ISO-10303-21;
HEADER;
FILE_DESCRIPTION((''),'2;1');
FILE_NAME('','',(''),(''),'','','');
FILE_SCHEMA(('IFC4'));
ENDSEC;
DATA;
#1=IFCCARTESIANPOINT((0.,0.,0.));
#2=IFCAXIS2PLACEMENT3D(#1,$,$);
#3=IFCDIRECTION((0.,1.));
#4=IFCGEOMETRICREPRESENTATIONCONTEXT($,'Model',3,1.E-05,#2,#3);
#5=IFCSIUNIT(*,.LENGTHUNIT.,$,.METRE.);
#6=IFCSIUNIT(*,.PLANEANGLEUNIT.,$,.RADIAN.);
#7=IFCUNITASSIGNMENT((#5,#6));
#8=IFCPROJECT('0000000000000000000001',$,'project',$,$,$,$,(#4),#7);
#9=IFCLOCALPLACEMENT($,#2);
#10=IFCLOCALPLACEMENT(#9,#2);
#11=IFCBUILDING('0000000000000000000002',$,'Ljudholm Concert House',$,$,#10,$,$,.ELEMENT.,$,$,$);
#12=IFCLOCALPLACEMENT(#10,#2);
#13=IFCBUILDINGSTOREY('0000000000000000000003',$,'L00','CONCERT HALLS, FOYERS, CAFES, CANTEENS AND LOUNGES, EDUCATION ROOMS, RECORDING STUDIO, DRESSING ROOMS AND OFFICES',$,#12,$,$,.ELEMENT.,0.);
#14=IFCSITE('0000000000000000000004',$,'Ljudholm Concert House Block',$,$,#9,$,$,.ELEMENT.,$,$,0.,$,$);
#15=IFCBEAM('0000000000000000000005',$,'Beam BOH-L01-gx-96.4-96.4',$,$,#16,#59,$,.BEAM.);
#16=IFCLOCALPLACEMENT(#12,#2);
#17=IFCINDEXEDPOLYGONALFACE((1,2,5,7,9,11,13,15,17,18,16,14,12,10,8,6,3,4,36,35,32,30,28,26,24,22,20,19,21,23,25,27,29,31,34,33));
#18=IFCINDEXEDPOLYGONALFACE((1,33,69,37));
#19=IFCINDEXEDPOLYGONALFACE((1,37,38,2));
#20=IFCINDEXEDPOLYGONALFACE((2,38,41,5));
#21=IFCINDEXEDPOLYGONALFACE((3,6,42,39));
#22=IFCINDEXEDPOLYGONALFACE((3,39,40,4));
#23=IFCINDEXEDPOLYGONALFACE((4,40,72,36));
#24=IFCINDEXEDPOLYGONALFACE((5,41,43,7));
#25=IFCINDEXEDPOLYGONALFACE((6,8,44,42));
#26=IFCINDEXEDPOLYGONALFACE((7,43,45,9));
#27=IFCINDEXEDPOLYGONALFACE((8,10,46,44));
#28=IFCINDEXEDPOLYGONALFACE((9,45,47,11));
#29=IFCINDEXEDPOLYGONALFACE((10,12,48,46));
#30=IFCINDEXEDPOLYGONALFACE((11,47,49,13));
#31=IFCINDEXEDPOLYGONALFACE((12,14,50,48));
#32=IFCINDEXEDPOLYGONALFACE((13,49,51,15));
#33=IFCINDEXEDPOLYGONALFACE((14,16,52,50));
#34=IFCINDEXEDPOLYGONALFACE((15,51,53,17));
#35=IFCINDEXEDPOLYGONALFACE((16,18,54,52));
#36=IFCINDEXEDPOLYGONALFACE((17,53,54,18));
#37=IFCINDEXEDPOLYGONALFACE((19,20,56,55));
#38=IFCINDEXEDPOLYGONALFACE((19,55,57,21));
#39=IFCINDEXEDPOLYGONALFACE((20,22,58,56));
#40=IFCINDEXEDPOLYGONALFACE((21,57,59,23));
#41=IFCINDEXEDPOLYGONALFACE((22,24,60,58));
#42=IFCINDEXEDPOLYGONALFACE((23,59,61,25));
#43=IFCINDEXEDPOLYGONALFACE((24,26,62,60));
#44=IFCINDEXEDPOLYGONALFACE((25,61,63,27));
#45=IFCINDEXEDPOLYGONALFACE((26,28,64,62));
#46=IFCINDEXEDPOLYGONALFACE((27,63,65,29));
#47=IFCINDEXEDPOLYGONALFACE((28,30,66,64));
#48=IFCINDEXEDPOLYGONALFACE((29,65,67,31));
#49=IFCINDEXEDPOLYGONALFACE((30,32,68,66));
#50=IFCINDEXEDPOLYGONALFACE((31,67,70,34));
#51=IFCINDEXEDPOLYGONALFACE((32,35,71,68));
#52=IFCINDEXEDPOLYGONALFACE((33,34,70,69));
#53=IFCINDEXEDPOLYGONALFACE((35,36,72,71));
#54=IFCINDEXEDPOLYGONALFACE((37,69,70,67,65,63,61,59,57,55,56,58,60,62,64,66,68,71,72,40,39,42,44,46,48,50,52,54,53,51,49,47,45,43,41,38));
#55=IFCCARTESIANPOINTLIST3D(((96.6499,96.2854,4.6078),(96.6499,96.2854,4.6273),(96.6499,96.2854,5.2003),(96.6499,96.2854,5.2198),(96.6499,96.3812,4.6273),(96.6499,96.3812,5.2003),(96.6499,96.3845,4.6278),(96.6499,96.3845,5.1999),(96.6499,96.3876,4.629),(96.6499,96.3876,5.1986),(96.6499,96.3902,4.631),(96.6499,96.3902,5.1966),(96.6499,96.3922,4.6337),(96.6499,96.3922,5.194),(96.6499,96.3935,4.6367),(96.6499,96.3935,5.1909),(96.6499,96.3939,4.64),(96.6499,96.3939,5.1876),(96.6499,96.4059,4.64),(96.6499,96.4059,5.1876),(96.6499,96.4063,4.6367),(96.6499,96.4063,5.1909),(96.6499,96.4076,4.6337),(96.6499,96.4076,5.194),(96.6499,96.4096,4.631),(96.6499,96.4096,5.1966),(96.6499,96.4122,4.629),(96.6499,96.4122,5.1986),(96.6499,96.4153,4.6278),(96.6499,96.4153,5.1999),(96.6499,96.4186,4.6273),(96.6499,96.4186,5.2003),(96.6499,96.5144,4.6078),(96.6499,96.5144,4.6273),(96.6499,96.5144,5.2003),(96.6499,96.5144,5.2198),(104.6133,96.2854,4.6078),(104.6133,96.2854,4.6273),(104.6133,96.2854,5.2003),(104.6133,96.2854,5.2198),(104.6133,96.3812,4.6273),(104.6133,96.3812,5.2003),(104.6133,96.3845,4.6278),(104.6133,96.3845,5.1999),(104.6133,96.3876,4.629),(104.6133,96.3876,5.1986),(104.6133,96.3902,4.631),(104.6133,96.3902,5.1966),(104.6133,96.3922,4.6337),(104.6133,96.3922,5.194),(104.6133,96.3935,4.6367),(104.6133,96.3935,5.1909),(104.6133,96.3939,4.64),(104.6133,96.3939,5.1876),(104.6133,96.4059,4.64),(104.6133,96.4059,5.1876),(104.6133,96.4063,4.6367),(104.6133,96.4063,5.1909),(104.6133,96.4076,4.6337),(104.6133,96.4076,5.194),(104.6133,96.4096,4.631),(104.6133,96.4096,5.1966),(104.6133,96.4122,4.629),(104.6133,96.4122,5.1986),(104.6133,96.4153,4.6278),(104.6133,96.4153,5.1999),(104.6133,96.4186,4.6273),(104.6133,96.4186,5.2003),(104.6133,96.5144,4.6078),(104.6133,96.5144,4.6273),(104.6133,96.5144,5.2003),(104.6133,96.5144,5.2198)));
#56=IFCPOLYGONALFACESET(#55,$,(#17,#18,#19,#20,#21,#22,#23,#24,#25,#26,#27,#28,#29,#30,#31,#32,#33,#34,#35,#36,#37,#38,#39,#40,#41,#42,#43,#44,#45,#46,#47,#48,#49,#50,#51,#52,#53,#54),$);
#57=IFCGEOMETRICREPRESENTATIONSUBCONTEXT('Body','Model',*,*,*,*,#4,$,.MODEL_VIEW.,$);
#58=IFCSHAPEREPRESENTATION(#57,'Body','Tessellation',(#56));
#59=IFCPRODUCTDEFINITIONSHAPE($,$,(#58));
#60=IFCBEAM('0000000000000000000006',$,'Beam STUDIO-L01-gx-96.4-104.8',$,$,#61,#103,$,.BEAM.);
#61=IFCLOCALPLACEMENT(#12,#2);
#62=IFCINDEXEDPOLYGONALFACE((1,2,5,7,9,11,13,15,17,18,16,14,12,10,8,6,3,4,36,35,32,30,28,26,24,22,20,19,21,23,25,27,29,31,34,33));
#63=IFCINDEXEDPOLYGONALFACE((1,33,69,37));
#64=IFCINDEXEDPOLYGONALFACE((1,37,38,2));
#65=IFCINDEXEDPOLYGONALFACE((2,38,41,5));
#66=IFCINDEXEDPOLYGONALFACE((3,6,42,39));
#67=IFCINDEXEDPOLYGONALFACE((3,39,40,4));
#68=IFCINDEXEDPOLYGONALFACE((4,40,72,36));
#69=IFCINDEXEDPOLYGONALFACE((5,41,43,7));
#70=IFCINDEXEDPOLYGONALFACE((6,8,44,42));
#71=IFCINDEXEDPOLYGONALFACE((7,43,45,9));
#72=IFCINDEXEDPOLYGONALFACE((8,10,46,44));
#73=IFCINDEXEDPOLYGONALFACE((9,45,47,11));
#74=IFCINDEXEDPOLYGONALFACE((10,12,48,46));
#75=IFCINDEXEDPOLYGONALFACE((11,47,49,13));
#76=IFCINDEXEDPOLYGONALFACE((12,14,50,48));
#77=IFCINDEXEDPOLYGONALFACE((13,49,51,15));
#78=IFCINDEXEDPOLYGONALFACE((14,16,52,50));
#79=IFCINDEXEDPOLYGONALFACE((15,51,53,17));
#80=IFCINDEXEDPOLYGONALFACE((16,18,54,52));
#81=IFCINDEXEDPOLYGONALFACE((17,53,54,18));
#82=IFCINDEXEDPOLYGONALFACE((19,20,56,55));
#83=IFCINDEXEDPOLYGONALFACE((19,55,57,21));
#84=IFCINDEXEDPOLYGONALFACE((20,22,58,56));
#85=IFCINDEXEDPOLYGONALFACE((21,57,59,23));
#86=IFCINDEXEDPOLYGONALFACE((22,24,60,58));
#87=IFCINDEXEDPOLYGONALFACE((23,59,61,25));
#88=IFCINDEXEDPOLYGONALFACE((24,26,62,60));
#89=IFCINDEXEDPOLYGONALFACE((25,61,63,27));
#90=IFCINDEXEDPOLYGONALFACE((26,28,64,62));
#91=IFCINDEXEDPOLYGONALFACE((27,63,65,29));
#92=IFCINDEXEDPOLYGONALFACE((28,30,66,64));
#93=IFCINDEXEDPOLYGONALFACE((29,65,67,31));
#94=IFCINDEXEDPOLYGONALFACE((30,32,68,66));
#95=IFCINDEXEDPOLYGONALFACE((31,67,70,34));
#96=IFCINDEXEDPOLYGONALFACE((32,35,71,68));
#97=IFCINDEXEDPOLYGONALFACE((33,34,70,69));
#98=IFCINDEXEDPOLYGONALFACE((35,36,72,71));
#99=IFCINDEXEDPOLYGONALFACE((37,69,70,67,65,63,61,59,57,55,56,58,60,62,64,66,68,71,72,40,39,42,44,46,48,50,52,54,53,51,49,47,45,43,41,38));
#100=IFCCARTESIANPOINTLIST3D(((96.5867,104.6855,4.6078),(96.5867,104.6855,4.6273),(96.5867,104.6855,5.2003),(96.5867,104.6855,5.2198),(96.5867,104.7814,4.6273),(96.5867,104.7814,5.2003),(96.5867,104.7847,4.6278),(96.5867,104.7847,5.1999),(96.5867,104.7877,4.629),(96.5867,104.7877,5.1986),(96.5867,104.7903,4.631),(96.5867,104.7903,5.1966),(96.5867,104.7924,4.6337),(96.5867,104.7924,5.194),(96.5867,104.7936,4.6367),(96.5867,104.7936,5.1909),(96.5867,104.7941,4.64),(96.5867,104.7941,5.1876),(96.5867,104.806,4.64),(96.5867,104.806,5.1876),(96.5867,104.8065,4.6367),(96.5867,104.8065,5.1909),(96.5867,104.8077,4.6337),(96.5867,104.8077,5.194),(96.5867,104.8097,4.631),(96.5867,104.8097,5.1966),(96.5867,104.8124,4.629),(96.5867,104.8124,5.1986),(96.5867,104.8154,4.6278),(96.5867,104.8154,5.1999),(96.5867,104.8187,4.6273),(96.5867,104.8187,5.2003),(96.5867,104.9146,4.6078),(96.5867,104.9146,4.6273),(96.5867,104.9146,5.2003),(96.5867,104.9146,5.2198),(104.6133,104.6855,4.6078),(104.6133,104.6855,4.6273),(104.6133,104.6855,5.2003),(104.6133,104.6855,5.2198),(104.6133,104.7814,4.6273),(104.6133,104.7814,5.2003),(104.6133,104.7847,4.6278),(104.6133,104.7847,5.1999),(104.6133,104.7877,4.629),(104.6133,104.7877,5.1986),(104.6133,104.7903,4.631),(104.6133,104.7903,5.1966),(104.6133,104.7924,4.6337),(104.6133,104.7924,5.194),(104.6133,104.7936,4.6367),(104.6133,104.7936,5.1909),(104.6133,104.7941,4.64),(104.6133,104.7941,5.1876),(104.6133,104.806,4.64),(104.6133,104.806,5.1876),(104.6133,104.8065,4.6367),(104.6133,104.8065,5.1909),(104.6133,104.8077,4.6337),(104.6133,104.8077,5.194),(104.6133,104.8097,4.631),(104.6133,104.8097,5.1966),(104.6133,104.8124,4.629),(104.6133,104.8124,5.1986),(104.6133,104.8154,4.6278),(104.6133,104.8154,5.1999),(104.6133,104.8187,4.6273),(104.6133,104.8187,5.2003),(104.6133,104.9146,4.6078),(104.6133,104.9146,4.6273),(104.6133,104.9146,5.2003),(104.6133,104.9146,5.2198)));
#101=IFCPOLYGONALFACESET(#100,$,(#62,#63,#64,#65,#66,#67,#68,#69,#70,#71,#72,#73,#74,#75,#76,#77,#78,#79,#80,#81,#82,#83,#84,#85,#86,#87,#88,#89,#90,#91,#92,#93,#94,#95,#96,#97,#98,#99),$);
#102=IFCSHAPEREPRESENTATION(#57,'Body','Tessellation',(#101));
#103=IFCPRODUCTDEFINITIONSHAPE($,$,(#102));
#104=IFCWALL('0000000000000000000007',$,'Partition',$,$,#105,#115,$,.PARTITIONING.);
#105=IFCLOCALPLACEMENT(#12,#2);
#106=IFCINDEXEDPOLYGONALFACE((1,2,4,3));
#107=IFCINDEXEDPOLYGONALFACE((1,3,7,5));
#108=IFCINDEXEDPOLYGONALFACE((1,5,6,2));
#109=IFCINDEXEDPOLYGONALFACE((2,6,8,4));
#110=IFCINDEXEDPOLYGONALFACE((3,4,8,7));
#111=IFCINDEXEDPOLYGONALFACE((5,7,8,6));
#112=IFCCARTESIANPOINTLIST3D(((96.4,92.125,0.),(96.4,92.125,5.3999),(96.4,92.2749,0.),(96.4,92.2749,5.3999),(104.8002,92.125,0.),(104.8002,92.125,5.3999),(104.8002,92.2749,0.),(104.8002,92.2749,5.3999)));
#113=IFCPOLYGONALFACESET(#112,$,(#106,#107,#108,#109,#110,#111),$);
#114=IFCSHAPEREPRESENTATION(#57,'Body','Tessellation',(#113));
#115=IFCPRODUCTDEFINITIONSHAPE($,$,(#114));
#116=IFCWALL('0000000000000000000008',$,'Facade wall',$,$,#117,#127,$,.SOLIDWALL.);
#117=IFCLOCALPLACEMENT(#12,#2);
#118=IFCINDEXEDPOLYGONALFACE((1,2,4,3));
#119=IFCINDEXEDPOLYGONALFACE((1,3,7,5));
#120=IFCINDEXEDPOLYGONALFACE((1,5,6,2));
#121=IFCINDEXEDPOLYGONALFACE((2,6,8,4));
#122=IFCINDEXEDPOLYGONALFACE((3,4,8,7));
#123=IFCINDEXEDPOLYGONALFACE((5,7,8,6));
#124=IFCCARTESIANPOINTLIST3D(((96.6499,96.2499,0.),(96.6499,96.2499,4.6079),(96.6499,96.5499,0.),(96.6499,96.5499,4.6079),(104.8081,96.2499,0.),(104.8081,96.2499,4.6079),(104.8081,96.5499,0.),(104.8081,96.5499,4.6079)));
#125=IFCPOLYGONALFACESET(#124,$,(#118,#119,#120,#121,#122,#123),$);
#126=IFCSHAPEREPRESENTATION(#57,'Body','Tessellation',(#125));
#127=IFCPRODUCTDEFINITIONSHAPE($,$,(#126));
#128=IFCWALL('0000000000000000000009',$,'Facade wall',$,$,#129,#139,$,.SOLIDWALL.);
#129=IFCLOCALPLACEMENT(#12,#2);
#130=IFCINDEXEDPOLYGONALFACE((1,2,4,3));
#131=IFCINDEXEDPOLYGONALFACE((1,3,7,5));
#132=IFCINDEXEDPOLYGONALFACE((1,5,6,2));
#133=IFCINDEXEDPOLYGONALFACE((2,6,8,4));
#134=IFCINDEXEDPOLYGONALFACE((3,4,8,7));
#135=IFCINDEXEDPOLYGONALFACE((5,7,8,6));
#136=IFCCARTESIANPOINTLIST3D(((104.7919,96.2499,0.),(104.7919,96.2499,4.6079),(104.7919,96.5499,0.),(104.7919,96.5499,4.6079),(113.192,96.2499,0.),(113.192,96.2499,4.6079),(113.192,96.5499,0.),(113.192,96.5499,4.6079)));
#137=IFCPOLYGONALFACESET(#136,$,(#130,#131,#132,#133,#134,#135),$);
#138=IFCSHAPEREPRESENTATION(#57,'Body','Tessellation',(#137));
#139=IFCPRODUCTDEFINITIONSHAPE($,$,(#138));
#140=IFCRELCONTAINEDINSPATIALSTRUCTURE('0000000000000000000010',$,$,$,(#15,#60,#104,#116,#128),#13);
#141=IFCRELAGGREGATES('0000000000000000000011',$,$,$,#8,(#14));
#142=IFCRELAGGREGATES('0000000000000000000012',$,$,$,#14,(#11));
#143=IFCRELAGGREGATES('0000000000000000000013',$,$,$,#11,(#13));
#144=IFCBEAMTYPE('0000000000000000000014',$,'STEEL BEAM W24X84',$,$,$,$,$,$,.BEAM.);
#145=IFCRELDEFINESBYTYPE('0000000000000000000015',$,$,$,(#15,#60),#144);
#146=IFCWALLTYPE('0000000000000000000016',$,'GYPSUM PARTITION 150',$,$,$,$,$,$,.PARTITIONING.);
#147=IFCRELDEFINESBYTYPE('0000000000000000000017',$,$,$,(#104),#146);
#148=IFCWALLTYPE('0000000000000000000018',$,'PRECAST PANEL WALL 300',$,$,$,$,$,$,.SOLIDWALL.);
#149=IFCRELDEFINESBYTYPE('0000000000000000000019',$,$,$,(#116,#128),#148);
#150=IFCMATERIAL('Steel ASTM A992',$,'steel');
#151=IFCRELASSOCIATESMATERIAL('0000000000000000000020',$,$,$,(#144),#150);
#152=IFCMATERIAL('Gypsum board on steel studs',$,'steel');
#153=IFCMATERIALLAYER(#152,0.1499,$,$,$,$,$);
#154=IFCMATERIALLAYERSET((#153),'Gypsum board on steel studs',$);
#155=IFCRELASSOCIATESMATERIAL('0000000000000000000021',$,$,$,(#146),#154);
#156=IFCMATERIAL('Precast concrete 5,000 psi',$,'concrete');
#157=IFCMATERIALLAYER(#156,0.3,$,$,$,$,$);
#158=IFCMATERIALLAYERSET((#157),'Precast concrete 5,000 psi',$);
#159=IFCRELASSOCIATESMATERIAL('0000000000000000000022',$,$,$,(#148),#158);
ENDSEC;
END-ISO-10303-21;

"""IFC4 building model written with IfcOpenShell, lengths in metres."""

from ifc_helpers import new_model, si_unit, direction, frame, frame_2d, origin, origin_2d, place, context, subcontext, project, spatial, rectangle, i_section, extrude, material, layer, layer_set, material_profile, profile_set, type_object, element, save


model = new_model("IFC4")

# Units and contexts
model_context = context("Model", 3, precision=1e-05, world=origin(), true_north=direction((0.0, 1.0)))
body_context = subcontext(model_context, "Body", "Model", "MODEL_VIEW")
ifc_project = project(units=[si_unit("LENGTHUNIT", "METRE"), si_unit("PLANEANGLEUNIT", "RADIAN")], contexts=[model_context])

# Site, building, storey
site_placement = place(None, origin())
site = spatial("IfcSite", under=ifc_project, at=site_placement, Name="Ljudholm Concert House Block", CompositionType="ELEMENT", RefElevation=0.0)
building_placement = place(site_placement, origin())
building = spatial("IfcBuilding", under=site, at=building_placement, Name="Ljudholm Concert House", CompositionType="ELEMENT")
storey_placement = place(building_placement, origin())
storey = spatial("IfcBuildingStorey", under=building, at=storey_placement, Name="L00", Description="CONCERT HALLS, FOYERS, CAFES, CANTEENS AND LOUNGES, EDUCATION ROOMS, RECORDING STUDIO, DRESSING ROOMS AND OFFICES", CompositionType="ELEMENT", Elevation=0.0)

# Beams
ifc_material_1 = material(Name="Steel ASTM A992", Category="steel")
ifc_material_profile_1 = material_profile(ifc_material_1, i_section(OverallWidth=0.229, OverallDepth=0.6121, WebThickness=0.012, FlangeThickness=0.0195, FilletRadius=0.0127, at=origin_2d()), Name="W24X84")
ifc_profile_set_1 = profile_set([ifc_material_profile_1], Name="Steel ASTM A992")
beam_type_1 = type_object("IfcBeamType", Name="STEEL BEAM W24X84", PredefinedType="BEAM", material=ifc_profile_set_1)
beam_1_placement = place(storey_placement, frame((96.6499, 96.3999, 4.9138), z_axis=(1.0, 0.0, 0.0), x_axis=(0.0, 1.0, 0.0)))
element("IfcBeam", 1, at=beam_1_placement, inside=storey, type_object=beam_type_1, Name="Beam BOH-L01-gx-96.4-96.4", PredefinedType="BEAM", context=body_context, shape_type="SweptSolid", body=[
    extrude(i_section(OverallWidth=0.229, OverallDepth=0.6121, WebThickness=0.012, FlangeThickness=0.0195, FilletRadius=0.0127, at=origin_2d()), origin(), (0.0, 0.0, 1.0), 7.9634),
])
beam_2_placement = place(storey_placement, frame((96.5867, 104.8, 4.9138), z_axis=(1.0, 0.0, 0.0), x_axis=(0.0, 1.0, 0.0)))
element("IfcBeam", 2, at=beam_2_placement, inside=storey, type_object=beam_type_1, Name="Beam STUDIO-L01-gx-96.4-104.8", PredefinedType="BEAM", context=body_context, shape_type="SweptSolid", body=[
    extrude(i_section(OverallWidth=0.229, OverallDepth=0.6121, WebThickness=0.012, FlangeThickness=0.0195, FilletRadius=0.0127, at=origin_2d()), origin(), (0.0, 0.0, 1.0), 8.0266),
])

# Walls
ifc_material_2 = material(Name="Gypsum board on steel studs", Category="steel")
ifc_layer_1 = layer(ifc_material_2, 0.1499)
ifc_layer_set_1 = layer_set([ifc_layer_1], Name="Gypsum board on steel studs")
wall_type_1 = type_object("IfcWallType", Name="GYPSUM PARTITION 150", PredefinedType="PARTITIONING", material=ifc_layer_set_1)
wall_1_placement = place(storey_placement, frame((96.3999, 92.2, 0.0), z_axis=(0.0, 0.0, 1.0), x_axis=(1.0, 0.0, 0.0)))
element("IfcWall", 3, at=wall_1_placement, inside=storey, type_object=wall_type_1, Name="Partition", PredefinedType="PARTITIONING", context=body_context, shape_type="SweptSolid", body=[
    extrude(rectangle(XDim=8.4001, YDim=0.1499, at=frame_2d((4.2002, 0.0))), origin(), (0.0, 0.0, 1.0), 5.3999),
])
ifc_material_3 = material(Name="Precast concrete 5,000 psi", Category="concrete")
ifc_layer_2 = layer(ifc_material_3, 0.3)
ifc_layer_set_2 = layer_set([ifc_layer_2], Name="Precast concrete 5,000 psi")
wall_type_2 = type_object("IfcWallType", Name="PRECAST PANEL WALL 300", PredefinedType="SOLIDWALL", material=ifc_layer_set_2)
wall_2_placement = place(storey_placement, frame((96.6499, 96.3999, 0.0), z_axis=(0.0, 0.0, 1.0), x_axis=(1.0, 0.0, 0.0)))
element("IfcWall", 4, at=wall_2_placement, inside=storey, type_object=wall_type_2, Name="Facade wall", PredefinedType="SOLIDWALL", context=body_context, shape_type="SweptSolid", body=[
    extrude(rectangle(XDim=8.1582, YDim=0.3, at=frame_2d((4.0791, 0.0))), origin(), (0.0, 0.0, 1.0), 4.6079),
])
wall_3_placement = place(storey_placement, frame((104.7917, 96.3999, 0.0), z_axis=(0.0, 0.0, 1.0), x_axis=(1.0, 0.0, 0.0)))
element("IfcWall", 5, at=wall_3_placement, inside=storey, type_object=wall_type_2, Name="Facade wall", PredefinedType="SOLIDWALL", context=body_context, shape_type="SweptSolid", body=[
    extrude(rectangle(XDim=8.4001, YDim=0.3, at=frame_2d((4.2002, 0.0))), origin(), (0.0, 0.0, 1.0), 4.6079),
])

save(model, "model.ifc")
